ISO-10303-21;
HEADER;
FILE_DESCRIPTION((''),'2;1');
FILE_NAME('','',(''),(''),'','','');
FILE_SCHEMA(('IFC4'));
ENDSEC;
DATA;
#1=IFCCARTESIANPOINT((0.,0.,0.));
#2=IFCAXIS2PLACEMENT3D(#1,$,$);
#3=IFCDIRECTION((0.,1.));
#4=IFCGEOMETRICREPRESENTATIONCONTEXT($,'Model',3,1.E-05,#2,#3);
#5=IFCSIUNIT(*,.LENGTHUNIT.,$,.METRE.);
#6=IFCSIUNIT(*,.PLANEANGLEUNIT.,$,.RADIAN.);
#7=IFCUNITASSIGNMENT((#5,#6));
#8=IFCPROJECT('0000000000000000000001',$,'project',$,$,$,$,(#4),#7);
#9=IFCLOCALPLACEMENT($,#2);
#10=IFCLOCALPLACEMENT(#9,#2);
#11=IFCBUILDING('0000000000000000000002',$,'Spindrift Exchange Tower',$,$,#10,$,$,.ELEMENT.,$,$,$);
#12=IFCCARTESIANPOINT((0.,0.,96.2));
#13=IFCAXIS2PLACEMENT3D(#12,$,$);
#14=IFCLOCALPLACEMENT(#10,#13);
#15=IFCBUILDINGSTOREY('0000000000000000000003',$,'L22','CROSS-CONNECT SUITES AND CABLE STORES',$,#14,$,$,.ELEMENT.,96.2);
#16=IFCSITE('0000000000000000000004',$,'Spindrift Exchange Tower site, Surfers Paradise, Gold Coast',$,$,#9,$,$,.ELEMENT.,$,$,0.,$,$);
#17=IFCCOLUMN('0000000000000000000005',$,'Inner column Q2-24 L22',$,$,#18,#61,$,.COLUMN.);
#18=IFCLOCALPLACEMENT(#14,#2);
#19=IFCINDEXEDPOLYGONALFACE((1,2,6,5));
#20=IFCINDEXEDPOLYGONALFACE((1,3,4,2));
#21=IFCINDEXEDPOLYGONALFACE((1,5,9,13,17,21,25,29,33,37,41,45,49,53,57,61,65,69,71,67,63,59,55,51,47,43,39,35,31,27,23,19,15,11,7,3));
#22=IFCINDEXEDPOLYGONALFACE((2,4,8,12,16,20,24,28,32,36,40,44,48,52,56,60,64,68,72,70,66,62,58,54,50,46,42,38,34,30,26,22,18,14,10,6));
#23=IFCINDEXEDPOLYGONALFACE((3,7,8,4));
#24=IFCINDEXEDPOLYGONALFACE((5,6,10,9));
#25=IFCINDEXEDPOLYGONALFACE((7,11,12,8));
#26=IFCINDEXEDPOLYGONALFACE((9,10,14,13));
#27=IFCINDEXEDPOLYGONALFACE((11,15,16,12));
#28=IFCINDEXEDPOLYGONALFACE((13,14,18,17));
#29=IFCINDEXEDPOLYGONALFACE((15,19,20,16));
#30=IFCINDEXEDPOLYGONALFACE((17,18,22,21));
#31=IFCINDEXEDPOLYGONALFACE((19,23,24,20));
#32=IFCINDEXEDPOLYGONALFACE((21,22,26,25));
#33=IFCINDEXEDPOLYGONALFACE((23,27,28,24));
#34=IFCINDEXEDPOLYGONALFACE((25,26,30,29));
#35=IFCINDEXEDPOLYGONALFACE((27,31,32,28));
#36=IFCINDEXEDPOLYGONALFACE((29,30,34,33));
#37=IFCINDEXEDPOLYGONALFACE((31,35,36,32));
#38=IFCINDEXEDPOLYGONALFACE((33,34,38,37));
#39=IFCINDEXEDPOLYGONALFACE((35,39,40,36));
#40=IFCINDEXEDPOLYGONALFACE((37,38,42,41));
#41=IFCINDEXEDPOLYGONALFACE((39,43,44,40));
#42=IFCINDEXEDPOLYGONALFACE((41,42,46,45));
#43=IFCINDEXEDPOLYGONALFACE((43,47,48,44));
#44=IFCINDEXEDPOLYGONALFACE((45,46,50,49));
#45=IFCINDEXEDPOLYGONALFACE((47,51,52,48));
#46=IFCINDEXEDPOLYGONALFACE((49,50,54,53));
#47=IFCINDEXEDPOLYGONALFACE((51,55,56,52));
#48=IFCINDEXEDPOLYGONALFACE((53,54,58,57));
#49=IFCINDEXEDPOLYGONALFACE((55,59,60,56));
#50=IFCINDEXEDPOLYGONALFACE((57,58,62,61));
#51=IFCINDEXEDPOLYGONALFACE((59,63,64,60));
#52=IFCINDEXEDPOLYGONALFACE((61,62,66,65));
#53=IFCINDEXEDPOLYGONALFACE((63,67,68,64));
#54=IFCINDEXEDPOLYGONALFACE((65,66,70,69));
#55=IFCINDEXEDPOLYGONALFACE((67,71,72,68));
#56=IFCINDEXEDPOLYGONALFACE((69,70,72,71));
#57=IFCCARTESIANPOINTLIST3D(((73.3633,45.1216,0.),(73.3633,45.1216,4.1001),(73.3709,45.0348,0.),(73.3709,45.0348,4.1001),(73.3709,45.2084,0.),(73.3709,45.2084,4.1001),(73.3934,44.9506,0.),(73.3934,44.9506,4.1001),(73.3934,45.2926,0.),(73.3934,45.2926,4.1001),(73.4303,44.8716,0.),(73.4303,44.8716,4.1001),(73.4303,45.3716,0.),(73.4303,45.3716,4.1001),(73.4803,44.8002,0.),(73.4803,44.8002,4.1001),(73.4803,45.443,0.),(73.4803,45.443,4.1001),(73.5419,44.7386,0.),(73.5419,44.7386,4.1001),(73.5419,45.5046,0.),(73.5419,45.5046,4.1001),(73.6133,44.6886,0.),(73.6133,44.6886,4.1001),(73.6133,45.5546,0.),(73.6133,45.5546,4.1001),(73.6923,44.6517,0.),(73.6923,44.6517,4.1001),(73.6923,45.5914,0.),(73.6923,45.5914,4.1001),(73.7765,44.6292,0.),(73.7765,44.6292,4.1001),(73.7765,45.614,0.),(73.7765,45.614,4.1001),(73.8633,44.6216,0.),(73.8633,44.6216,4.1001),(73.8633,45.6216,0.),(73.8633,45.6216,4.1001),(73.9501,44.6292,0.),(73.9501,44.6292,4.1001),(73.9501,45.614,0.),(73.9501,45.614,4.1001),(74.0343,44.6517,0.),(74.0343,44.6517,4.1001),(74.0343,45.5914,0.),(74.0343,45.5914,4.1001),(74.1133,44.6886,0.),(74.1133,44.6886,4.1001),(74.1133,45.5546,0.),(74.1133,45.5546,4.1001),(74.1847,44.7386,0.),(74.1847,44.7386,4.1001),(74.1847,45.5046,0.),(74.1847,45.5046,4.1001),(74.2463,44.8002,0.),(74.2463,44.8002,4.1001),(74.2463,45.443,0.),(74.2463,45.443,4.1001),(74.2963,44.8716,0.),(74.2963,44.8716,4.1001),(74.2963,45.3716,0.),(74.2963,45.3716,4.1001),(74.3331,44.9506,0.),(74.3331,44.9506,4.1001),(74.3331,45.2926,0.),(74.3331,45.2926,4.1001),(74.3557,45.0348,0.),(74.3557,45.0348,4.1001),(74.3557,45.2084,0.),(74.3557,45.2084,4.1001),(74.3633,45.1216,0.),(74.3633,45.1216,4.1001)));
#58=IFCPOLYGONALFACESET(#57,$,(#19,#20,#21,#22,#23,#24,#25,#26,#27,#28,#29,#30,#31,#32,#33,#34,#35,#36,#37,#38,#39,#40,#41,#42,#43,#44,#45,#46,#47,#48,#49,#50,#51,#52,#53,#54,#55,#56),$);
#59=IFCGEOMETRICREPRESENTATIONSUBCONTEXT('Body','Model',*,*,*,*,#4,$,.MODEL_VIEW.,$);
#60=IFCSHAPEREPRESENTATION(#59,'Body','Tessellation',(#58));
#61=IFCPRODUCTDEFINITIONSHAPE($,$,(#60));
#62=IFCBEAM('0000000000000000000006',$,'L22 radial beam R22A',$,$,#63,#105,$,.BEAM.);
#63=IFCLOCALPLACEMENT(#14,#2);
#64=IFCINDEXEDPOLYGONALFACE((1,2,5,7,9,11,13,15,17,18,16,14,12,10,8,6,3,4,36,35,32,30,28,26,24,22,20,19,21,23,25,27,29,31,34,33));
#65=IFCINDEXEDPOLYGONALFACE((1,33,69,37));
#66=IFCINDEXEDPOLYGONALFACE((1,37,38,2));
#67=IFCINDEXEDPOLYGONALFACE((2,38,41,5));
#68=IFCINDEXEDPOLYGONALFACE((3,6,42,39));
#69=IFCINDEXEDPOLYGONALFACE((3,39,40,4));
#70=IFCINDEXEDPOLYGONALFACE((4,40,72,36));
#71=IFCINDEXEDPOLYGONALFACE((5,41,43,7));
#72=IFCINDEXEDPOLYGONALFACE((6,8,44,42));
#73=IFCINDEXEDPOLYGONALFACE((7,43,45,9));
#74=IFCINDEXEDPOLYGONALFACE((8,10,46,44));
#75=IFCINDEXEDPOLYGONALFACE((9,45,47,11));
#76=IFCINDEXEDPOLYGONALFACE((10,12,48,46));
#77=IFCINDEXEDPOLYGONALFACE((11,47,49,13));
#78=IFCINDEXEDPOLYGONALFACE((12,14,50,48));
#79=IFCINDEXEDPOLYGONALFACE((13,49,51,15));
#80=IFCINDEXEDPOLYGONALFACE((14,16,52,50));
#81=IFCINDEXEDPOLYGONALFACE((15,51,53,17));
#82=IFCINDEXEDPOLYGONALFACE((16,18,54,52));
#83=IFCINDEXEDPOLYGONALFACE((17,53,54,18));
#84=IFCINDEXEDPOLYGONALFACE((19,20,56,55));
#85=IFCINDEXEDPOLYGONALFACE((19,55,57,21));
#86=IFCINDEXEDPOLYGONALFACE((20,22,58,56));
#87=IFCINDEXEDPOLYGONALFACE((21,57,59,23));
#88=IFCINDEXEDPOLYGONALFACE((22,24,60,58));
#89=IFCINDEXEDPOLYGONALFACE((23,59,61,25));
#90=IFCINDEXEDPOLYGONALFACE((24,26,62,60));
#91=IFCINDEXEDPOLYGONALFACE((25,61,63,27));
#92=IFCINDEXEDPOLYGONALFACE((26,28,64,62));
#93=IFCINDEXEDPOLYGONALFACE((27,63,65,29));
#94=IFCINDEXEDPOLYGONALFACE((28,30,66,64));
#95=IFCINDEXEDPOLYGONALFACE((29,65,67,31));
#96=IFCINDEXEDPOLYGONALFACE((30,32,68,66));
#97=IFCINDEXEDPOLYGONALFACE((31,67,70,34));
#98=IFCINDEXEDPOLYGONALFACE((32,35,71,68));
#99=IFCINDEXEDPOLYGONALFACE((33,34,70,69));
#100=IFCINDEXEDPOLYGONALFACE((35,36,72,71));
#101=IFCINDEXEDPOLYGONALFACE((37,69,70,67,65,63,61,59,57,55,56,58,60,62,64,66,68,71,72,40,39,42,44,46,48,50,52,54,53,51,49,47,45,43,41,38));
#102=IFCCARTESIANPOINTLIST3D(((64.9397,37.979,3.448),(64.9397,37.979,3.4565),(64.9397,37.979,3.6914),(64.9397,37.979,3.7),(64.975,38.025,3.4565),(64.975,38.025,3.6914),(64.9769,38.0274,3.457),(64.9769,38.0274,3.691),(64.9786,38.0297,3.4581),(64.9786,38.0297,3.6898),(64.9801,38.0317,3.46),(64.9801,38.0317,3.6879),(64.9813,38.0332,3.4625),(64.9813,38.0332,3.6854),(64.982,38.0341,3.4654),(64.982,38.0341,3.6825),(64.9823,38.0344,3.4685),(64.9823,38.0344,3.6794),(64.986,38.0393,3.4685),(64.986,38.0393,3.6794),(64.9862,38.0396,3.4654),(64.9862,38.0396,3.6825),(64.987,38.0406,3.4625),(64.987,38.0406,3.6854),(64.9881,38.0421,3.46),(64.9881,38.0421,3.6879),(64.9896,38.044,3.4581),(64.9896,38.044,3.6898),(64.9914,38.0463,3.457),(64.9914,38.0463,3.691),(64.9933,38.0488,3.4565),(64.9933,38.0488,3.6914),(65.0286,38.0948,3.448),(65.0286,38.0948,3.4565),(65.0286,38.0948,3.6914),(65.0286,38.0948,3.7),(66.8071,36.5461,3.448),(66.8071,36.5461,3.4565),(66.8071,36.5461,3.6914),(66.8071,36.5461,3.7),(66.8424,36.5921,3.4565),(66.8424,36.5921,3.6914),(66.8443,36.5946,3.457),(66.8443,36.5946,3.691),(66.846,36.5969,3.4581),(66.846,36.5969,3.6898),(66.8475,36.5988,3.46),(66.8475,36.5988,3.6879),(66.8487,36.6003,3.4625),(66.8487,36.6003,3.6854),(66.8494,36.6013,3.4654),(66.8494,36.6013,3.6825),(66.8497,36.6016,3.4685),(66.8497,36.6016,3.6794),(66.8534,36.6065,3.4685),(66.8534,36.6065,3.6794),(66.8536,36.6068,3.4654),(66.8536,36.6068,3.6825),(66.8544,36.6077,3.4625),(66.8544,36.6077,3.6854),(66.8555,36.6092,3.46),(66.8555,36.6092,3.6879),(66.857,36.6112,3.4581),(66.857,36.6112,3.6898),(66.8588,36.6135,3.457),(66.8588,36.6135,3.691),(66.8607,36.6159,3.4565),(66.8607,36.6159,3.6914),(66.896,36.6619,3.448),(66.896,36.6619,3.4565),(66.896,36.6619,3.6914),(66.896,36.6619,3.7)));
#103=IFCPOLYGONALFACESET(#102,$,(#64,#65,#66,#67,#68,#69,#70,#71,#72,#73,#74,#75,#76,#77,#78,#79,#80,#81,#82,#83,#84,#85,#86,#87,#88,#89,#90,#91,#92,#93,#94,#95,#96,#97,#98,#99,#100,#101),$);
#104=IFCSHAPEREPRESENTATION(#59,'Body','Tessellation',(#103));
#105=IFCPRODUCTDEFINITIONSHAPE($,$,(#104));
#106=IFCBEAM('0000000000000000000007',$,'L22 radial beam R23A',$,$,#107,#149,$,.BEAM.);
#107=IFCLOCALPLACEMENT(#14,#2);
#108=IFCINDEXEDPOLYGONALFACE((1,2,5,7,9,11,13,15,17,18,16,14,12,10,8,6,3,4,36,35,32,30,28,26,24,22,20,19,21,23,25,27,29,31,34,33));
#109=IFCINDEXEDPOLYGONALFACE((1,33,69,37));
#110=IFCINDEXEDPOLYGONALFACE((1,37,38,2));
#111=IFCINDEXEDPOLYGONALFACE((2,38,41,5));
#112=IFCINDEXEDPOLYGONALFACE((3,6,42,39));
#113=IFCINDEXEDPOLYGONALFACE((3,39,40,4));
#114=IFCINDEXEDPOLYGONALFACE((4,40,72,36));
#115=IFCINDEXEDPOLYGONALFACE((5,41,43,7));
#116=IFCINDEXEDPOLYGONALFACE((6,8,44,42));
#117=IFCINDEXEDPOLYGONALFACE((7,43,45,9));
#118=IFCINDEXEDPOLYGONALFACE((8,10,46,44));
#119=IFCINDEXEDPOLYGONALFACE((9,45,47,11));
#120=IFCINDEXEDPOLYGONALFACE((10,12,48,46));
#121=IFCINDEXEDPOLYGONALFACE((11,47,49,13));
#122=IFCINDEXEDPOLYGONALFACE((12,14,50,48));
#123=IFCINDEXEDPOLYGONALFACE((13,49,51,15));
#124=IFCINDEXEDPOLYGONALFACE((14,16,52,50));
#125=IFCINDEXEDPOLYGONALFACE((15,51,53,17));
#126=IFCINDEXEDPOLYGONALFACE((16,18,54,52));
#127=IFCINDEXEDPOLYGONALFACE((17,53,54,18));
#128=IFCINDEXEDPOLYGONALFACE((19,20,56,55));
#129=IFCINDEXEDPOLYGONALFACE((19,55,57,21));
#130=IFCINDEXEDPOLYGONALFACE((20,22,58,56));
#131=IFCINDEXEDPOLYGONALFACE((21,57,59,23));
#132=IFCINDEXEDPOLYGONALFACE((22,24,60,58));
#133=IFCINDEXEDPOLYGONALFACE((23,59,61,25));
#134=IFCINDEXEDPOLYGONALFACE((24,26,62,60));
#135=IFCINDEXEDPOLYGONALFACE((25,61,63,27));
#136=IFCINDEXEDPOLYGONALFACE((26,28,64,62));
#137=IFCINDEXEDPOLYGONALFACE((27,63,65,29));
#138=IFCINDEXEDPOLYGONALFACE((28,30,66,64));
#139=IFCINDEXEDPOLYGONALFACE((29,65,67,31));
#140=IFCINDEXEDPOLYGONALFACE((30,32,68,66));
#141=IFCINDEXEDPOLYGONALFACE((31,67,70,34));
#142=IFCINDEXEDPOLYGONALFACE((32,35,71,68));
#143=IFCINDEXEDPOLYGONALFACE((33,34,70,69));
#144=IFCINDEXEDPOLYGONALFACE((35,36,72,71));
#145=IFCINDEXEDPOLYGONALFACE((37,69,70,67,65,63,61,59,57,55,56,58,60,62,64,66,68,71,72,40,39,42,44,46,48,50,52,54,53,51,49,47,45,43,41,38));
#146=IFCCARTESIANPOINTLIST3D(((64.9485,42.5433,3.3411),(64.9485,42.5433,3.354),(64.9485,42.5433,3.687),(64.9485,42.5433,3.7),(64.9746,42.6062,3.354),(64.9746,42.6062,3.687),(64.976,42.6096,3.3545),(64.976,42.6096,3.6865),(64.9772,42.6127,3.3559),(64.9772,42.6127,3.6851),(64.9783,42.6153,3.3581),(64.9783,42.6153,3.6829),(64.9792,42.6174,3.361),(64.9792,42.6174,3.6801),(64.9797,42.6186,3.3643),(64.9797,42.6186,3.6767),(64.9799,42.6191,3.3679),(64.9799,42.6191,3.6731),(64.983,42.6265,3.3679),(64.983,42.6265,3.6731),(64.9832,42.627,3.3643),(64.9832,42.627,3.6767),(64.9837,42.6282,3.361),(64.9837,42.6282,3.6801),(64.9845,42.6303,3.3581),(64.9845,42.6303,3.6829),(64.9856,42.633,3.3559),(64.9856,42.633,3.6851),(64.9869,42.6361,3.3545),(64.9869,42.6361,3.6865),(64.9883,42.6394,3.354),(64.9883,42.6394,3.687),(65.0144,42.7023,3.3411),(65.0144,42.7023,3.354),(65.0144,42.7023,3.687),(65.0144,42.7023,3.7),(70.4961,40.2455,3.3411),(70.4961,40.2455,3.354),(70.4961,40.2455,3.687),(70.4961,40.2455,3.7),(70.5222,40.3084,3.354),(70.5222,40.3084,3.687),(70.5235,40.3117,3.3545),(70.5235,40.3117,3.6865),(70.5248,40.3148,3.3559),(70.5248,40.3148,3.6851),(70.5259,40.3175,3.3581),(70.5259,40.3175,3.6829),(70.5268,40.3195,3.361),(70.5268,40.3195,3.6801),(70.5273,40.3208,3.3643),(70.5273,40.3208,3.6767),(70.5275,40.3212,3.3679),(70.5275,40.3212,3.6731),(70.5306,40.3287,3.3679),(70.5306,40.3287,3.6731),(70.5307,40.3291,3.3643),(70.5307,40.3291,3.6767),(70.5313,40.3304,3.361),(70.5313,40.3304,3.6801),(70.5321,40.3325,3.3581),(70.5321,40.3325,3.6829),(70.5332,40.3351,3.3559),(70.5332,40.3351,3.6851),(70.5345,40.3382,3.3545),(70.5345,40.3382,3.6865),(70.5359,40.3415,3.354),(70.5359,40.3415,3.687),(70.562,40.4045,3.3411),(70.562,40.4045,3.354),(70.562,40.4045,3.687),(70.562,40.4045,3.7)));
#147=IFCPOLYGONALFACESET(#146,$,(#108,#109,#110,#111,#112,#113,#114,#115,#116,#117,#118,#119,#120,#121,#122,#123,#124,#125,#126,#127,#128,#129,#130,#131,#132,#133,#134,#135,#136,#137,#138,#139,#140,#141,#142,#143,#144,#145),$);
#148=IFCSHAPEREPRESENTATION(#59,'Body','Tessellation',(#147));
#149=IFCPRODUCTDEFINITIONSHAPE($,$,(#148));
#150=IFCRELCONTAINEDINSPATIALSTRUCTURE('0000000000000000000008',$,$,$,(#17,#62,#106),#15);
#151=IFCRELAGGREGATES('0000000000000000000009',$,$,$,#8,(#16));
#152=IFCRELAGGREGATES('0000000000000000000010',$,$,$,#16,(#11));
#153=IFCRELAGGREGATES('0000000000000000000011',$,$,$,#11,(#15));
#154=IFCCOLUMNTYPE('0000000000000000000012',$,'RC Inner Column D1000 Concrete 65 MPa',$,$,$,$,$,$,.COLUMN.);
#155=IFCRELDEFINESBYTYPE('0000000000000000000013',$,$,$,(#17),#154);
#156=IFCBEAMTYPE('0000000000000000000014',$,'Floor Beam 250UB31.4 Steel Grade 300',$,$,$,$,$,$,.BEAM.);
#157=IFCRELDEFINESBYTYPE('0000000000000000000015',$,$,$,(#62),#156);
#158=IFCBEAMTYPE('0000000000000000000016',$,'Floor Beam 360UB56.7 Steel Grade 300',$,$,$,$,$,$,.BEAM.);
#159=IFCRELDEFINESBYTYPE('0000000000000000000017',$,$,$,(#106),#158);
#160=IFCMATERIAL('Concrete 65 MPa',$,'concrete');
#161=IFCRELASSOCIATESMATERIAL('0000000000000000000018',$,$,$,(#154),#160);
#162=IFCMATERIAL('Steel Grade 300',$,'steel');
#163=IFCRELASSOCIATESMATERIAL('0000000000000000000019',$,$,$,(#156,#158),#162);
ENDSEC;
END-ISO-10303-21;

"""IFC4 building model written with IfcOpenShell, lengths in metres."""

from ifc_helpers import new_model, si_unit, direction, frame, origin, origin_2d, place, context, subcontext, project, spatial, circle, i_section, extrude, source, transform, mapped, material, material_profile, profile_set, type_object, element, save


model = new_model("IFC4")

# Units and contexts
model_context = context("Model", 3, precision=1e-05, world=origin(), true_north=direction((0.0, 1.0)))
body_context = subcontext(model_context, "Body", "Model", "MODEL_VIEW")
ifc_project = project(units=[si_unit("LENGTHUNIT", "METRE"), si_unit("PLANEANGLEUNIT", "RADIAN")], contexts=[model_context])

# Site, building, storey
site_placement = place(None, origin())
site = spatial("IfcSite", under=ifc_project, at=site_placement, Name="Spindrift Exchange Tower site, Surfers Paradise, Gold Coast", CompositionType="ELEMENT", RefElevation=0.0)
building_placement = place(site_placement, origin())
building = spatial("IfcBuilding", under=site, at=building_placement, Name="Spindrift Exchange Tower", CompositionType="ELEMENT")
storey_placement = place(building_placement, frame((0.0, 0.0, 96.2)))
storey = spatial("IfcBuildingStorey", under=building, at=storey_placement, Name="L22", Description="CROSS-CONNECT SUITES AND CABLE STORES", CompositionType="ELEMENT", Elevation=96.2)

# Column
ifc_material_1 = material(Name="Concrete 65 MPa", Category="concrete")
ifc_material_profile_1 = material_profile(ifc_material_1, circle(Radius=0.5, at=origin_2d()), Name="RC D1000")
ifc_profile_set_1 = profile_set([ifc_material_profile_1], Name="Concrete 65 MPa")
column_type_1 = type_object("IfcColumnType", Name="RC Inner Column D1000 Concrete 65 MPa", PredefinedType="COLUMN", material=ifc_profile_set_1)
shared_shape_1 = source(origin(), body_context, "Body", "SweptSolid", [
    extrude(circle(Radius=0.5, at=origin_2d()), origin(), (0.0, 0.0, 1.0), 4.1001),
])
for number, where, z_axis, x_axis, name in (
    (1, (73.8633, 45.1216, 0.0), (0.0, 0.0, 1.0), (1.0, 0.0, 0.0), "Inner column Q2-24 L22"),
):
    element("IfcColumn", number, at=place(storey_placement, frame(where, z_axis=z_axis, x_axis=x_axis)), inside=storey, type_object=column_type_1, Name=name, PredefinedType="COLUMN", context=body_context, shape_type="MappedRepresentation", body=[
        mapped(shared_shape_1, transform((0.0, 0.0, 0.0), scale=1.0)),
    ])

# Beams
ifc_material_2 = material(Name="Steel Grade 300", Category="steel")
ifc_material_profile_2 = material_profile(ifc_material_2, i_section(OverallWidth=0.146, OverallDepth=0.252, WebThickness=0.0061, FlangeThickness=0.0085, FilletRadius=0.012, at=origin_2d()), Name="250UB31.4")
ifc_profile_set_2 = profile_set([ifc_material_profile_2], Name="Steel Grade 300")
beam_type_1 = type_object("IfcBeamType", Name="Floor Beam 250UB31.4 Steel Grade 300", PredefinedType="BEAM", material=ifc_profile_set_2)
shared_shape_2 = source(origin(), body_context, "Body", "SweptSolid", [
    extrude(i_section(OverallWidth=0.146, OverallDepth=0.252, WebThickness=0.0061, FlangeThickness=0.0085, FilletRadius=0.012, at=origin_2d()), origin(), (0.0, 0.0, 1.0), 2.3538),
])
beam_1_placement = place(storey_placement, frame((64.9841, 38.0369, 3.574), z_axis=(0.793368, -0.608743, 0.0), x_axis=(0.608743, 0.793368, 0.0)))
element("IfcBeam", 2, at=beam_1_placement, inside=storey, type_object=beam_type_1, Name="L22 radial beam R22A", PredefinedType="BEAM", context=body_context, shape_type="MappedRepresentation", body=[
    mapped(shared_shape_2, transform((0.0, 0.0, 0.0), scale=1.0)),
])
ifc_material_profile_3 = material_profile(ifc_material_2, i_section(OverallWidth=0.1721, OverallDepth=0.3589, WebThickness=0.0081, FlangeThickness=0.0129, FilletRadius=0.0139, at=origin_2d()), Name="360UB56.7")
ifc_profile_set_3 = profile_set([ifc_material_profile_3], Name="Steel Grade 300")
beam_type_2 = type_object("IfcBeamType", Name="Floor Beam 360UB56.7 Steel Grade 300", PredefinedType="BEAM", material=ifc_profile_set_3)
shared_shape_3 = source(origin(), body_context, "Body", "SweptSolid", [
    extrude(i_section(OverallWidth=0.1721, OverallDepth=0.3589, WebThickness=0.0081, FlangeThickness=0.0129, FilletRadius=0.0139, at=origin_2d()), origin(), (0.0, 0.0, 1.0), 6.0046),
])
beam_2_placement = place(storey_placement, frame((64.9814, 42.6228, 3.5205), z_axis=(0.923882, -0.382677, 0.0), x_axis=(0.382677, 0.923882, 0.0)))
element("IfcBeam", 3, at=beam_2_placement, inside=storey, type_object=beam_type_2, Name="L22 radial beam R23A", PredefinedType="BEAM", context=body_context, shape_type="MappedRepresentation", body=[
    mapped(shared_shape_3, transform((0.0, 0.0, 0.0), scale=1.0)),
])

save(model, "model.ifc")
